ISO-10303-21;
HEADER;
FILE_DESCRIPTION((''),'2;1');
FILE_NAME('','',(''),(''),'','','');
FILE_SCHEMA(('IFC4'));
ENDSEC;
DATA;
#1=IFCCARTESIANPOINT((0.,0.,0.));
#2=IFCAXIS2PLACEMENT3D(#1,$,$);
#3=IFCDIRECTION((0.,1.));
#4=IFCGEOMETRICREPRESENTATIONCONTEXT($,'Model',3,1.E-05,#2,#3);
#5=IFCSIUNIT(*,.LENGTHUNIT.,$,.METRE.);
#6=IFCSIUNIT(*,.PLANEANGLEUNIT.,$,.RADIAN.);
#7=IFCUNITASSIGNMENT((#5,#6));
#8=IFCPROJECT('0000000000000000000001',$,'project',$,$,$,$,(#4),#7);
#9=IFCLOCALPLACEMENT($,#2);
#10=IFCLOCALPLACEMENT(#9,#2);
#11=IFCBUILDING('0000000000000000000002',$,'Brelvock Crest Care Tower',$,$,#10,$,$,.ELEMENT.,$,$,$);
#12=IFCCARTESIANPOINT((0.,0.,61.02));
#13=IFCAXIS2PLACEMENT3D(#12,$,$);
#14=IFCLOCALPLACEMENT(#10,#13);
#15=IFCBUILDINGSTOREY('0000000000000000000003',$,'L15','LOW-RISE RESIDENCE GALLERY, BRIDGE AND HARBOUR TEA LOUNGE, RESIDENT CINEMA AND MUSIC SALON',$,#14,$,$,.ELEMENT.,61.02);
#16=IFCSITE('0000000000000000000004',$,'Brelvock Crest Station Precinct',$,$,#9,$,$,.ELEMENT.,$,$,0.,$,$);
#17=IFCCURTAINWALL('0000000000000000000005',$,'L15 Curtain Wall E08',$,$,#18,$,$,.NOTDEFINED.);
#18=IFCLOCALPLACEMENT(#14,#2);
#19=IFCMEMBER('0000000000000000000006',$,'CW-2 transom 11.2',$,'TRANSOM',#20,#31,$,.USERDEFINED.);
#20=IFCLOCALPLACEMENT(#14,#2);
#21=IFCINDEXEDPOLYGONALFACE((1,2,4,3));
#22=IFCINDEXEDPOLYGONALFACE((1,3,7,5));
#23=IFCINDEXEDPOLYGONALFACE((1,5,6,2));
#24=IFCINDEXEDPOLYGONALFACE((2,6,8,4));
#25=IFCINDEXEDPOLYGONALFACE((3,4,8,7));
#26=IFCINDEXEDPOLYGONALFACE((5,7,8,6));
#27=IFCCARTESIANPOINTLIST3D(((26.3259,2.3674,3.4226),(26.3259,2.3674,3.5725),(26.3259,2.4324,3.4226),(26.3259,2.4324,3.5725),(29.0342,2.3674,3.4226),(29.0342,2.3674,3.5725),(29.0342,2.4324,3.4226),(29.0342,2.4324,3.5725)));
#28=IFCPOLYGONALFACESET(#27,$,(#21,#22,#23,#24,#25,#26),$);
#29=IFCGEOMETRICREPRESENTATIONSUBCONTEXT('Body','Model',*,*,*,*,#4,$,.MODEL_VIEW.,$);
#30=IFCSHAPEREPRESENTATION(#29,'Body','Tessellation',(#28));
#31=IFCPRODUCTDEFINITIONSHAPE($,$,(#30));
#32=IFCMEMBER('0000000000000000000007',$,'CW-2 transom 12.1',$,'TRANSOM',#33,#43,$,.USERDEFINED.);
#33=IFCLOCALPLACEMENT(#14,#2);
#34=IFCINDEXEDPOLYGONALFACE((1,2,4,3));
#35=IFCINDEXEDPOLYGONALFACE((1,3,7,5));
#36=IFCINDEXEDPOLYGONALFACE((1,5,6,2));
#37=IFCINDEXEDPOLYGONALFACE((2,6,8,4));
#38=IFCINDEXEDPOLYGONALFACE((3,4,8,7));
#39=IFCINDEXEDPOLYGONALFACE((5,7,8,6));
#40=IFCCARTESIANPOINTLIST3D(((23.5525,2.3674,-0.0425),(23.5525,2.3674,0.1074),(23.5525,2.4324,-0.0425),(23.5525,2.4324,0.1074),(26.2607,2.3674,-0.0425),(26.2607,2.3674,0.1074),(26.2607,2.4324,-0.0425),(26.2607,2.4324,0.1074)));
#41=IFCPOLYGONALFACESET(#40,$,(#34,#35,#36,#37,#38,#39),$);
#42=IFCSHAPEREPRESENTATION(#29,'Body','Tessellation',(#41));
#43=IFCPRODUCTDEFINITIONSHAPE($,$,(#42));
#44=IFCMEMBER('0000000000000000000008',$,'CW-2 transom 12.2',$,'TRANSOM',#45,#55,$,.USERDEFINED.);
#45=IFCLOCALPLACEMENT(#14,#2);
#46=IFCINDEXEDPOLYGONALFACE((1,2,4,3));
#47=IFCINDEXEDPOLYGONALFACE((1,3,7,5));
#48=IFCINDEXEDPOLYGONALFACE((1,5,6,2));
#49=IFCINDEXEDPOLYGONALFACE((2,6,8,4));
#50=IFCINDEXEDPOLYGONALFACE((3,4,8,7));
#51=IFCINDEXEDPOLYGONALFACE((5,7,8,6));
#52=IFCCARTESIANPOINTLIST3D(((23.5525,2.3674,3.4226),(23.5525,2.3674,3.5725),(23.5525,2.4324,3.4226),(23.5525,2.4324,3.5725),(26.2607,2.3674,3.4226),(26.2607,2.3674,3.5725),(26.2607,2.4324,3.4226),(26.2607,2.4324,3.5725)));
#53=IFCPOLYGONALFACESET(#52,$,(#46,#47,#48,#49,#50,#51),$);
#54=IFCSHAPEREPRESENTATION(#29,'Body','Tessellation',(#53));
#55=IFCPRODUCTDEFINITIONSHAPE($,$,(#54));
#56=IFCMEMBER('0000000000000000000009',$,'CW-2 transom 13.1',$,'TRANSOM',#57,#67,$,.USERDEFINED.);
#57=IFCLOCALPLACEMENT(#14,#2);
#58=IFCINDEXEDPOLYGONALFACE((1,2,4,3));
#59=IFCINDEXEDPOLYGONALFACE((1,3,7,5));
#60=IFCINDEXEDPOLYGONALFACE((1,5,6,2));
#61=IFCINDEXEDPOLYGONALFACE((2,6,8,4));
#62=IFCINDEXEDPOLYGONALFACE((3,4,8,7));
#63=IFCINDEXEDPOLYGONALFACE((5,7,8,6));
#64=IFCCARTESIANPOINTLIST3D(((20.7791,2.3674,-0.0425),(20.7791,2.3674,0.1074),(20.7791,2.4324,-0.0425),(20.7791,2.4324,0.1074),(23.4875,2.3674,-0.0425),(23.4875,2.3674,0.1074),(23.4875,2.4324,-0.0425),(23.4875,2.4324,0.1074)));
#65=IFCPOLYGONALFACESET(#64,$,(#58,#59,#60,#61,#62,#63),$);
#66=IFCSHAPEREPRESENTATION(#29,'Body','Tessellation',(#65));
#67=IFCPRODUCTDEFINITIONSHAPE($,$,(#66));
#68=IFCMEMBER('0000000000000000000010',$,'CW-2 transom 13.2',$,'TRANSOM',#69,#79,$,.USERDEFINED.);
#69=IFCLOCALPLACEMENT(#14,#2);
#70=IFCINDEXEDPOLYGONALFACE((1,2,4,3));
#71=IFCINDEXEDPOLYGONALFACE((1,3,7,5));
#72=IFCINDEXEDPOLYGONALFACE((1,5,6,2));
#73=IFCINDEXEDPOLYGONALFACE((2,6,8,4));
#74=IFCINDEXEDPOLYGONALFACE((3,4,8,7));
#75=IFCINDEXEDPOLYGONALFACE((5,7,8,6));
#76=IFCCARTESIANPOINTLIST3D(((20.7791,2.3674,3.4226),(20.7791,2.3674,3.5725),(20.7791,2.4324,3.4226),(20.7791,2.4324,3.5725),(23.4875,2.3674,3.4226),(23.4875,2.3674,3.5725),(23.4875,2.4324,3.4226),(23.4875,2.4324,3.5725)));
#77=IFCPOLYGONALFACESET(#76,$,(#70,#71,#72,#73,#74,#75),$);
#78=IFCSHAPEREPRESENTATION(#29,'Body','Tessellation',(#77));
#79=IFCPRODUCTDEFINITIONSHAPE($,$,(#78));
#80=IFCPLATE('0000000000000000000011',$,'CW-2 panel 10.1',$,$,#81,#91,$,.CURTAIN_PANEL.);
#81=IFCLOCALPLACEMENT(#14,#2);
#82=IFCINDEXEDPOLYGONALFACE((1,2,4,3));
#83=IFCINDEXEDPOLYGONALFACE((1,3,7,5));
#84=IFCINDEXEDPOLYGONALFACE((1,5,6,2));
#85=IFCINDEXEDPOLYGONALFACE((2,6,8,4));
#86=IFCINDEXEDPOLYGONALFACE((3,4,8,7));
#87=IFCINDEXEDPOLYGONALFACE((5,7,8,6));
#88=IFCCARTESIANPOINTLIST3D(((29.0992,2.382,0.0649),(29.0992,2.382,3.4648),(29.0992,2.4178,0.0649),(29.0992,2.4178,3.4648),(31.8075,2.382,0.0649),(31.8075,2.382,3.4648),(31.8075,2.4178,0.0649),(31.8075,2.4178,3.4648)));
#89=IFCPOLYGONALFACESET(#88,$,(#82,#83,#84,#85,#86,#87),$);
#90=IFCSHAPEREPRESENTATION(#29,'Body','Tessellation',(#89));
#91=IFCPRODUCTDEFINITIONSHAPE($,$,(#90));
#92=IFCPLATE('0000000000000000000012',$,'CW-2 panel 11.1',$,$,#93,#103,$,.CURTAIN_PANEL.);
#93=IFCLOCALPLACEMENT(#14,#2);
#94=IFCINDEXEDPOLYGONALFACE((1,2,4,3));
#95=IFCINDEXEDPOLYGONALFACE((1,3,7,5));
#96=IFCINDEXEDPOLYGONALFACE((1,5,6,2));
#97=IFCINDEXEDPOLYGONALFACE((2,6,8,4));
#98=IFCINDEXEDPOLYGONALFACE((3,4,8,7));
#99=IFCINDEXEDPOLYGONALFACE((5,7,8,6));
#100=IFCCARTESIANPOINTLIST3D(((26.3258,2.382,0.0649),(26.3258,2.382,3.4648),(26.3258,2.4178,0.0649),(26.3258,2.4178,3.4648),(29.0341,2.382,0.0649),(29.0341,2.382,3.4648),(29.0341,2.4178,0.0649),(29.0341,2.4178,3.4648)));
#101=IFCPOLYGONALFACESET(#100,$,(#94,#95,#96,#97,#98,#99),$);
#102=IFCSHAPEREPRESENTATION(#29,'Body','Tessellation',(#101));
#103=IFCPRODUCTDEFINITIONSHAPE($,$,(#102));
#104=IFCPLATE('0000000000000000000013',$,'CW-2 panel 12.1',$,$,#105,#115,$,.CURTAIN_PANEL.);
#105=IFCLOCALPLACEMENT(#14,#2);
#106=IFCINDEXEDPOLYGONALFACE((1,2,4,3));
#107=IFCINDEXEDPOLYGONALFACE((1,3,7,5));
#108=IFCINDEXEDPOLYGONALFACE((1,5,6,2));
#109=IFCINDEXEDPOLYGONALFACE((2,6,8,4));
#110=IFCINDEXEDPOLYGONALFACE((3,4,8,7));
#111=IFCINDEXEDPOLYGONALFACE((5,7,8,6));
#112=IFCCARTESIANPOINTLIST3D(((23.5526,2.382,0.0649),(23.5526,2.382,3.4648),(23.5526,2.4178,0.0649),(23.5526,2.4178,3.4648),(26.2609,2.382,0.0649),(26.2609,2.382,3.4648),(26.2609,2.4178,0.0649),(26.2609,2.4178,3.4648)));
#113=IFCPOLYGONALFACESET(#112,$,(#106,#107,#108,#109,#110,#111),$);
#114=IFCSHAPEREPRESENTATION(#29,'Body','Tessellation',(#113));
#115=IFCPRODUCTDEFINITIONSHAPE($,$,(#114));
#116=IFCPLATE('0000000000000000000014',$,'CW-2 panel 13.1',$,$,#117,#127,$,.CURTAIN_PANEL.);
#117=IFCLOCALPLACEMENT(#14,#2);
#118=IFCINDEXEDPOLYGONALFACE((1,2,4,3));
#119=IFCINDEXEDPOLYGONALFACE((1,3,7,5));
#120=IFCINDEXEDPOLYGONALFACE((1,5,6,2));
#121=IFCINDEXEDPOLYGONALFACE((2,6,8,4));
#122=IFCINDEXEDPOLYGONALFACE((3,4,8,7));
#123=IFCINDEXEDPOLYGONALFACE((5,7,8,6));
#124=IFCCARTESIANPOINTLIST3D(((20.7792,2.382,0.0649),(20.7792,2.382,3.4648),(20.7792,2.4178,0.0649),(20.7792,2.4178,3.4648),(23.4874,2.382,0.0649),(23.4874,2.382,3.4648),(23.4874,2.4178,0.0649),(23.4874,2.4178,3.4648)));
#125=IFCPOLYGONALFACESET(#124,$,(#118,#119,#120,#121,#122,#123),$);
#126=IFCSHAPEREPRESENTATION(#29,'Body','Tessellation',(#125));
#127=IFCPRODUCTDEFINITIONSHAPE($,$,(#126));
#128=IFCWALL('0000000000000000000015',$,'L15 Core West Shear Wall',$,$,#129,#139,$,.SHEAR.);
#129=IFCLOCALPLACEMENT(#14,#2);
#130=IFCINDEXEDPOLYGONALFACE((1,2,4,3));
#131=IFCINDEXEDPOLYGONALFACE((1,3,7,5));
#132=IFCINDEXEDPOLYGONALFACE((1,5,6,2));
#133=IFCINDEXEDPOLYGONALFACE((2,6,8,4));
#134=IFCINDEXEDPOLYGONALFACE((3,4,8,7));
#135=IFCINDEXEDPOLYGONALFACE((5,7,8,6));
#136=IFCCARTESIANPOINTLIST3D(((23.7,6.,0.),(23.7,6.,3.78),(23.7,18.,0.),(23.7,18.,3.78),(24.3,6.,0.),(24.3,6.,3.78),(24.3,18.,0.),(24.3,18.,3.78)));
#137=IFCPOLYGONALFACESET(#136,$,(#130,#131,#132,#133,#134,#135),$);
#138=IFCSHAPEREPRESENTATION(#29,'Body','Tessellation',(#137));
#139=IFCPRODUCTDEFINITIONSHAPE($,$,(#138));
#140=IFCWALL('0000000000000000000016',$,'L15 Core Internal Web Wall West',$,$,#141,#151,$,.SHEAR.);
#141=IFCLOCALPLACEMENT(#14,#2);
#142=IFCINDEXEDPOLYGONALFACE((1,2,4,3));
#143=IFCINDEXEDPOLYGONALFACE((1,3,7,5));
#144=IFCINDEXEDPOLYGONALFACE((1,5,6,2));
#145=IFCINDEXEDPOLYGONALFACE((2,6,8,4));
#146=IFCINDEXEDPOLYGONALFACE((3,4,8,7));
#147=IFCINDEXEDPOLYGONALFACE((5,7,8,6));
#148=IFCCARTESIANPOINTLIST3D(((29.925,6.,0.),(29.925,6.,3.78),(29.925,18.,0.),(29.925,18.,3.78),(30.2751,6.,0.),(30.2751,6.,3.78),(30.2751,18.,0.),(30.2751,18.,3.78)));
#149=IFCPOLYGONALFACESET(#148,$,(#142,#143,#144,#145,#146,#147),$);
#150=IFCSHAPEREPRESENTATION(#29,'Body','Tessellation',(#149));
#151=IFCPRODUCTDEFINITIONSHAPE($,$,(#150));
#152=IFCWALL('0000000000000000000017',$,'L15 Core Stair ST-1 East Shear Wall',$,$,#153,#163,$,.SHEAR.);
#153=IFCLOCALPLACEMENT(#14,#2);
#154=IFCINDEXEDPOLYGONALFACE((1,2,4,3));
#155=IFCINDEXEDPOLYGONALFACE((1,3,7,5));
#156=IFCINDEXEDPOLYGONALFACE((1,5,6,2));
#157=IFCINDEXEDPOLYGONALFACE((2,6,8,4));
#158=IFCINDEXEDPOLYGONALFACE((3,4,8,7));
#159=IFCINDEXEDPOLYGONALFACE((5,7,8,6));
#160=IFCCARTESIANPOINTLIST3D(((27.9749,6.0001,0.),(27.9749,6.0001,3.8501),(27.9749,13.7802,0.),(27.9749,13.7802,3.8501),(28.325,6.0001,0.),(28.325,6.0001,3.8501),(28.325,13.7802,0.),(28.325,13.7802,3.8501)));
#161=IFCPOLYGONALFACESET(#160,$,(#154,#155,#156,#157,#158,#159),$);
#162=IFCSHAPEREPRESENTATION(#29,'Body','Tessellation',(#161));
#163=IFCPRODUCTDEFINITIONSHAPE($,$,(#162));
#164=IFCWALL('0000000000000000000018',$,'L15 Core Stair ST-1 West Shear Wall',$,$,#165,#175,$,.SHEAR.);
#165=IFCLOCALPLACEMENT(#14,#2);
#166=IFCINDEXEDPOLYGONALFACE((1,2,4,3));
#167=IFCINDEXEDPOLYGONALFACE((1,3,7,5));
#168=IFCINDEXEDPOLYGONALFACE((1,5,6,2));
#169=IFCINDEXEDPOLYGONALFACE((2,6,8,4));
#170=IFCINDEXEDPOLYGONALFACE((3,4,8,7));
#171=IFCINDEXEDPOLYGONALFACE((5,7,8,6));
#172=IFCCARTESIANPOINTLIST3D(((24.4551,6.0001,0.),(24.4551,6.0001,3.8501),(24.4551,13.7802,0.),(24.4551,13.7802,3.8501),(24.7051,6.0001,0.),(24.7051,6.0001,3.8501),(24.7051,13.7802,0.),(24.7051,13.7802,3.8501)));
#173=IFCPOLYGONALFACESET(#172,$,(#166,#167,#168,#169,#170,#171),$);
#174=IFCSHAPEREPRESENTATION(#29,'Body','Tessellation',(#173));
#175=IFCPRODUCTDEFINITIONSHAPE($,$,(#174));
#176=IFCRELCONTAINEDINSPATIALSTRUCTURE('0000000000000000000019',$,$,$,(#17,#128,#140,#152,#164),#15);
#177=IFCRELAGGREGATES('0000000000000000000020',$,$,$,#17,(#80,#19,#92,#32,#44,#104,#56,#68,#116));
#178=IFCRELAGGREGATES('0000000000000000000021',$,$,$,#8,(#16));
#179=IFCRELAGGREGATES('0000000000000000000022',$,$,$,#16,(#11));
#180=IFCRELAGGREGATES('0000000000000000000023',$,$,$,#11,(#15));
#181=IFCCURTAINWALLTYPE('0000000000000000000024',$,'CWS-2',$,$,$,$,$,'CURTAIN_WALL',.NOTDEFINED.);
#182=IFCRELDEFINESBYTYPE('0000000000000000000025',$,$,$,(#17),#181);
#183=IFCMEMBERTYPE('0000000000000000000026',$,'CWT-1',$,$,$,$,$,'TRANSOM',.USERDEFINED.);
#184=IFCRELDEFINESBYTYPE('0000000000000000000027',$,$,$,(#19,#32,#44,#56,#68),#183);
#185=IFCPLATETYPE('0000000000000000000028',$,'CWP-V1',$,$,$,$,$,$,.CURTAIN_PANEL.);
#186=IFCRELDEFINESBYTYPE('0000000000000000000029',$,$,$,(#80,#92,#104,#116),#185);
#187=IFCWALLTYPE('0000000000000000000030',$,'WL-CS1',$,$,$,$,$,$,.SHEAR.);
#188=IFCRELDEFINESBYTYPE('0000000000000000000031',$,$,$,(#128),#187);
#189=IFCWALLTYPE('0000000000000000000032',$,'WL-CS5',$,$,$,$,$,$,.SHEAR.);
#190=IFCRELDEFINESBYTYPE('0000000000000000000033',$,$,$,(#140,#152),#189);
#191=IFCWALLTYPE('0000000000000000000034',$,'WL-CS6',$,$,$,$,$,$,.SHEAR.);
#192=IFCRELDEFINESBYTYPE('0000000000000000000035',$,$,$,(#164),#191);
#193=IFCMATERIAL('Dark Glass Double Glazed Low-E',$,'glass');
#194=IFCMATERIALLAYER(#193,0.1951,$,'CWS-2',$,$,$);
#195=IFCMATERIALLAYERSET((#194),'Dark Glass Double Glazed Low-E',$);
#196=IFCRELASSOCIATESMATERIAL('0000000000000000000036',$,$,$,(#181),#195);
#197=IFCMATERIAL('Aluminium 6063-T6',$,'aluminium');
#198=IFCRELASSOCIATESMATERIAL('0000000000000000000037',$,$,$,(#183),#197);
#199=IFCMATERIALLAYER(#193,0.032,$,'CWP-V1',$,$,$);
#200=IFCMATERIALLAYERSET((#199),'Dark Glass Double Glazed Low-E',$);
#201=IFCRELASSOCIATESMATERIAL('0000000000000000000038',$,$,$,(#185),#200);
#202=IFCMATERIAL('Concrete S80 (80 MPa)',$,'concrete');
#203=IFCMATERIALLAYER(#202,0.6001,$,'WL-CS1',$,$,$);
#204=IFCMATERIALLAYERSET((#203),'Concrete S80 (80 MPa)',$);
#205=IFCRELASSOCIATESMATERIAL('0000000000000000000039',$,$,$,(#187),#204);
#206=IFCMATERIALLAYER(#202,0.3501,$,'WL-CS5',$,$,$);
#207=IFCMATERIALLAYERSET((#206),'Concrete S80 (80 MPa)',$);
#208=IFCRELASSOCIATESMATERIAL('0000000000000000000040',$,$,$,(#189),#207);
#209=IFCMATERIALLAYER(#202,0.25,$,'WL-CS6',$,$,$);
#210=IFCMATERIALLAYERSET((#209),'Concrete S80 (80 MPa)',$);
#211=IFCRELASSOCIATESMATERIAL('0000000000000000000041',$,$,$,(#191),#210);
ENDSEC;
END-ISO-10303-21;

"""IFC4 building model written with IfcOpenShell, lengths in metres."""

from ifc_helpers import new_model, si_unit, direction, frame, frame_2d, origin, origin_2d, place, context, subcontext, project, spatial, rectangle, extrude, source, transform, mapped, material, layer, layer_set, material_profile, profile_set, type_object, element, aggregate, save


model = new_model("IFC4")

# Units and contexts
model_context = context("Model", 3, precision=1e-05, world=origin(), true_north=direction((0.0, 1.0)))
body_context = subcontext(model_context, "Body", "Model", "MODEL_VIEW")
ifc_project = project(units=[si_unit("LENGTHUNIT", "METRE"), si_unit("PLANEANGLEUNIT", "RADIAN")], contexts=[model_context])

# Site, building, storey
site_placement = place(None, origin())
site = spatial("IfcSite", under=ifc_project, at=site_placement, Name="Brelvock Crest Station Precinct", CompositionType="ELEMENT", RefElevation=0.0)
building_placement = place(site_placement, origin())
building = spatial("IfcBuilding", under=site, at=building_placement, Name="Brelvock Crest Care Tower", CompositionType="ELEMENT")
storey_placement = place(building_placement, frame((0.0, 0.0, 61.02)))
storey = spatial("IfcBuildingStorey", under=building, at=storey_placement, Name="L15", Description="LOW-RISE RESIDENCE GALLERY, BRIDGE AND HARBOUR TEA LOUNGE, RESIDENT CINEMA AND MUSIC SALON", CompositionType="ELEMENT", Elevation=61.02)

# Shared definitions
ifc_material_1 = material(Name="Concrete S80 (80 MPa)", Category="concrete")

# Curtain wall, members, plates
ifc_material_2 = material(Name="Dark Glass Double Glazed Low-E", Category="glass")
ifc_layer_1 = layer(ifc_material_2, 0.1951, Name="CWS-2")
ifc_layer_set_1 = layer_set([ifc_layer_1], Name="Dark Glass Double Glazed Low-E")
curtain_wall_type = type_object("IfcCurtainWallType", Name="CWS-2", ElementType="CURTAIN_WALL", PredefinedType="NOTDEFINED", material=ifc_layer_set_1)
curtain_wall_placement = place(storey_placement, origin())
curtain_wall = element("IfcCurtainWall", 1, at=curtain_wall_placement, inside=storey, type_object=curtain_wall_type, Name="L15 Curtain Wall E08", PredefinedType="NOTDEFINED")
ifc_material_3 = material(Name="Aluminium 6063-T6", Category="aluminium")
ifc_material_profile_1 = material_profile(ifc_material_3, rectangle(XDim=0.0649, YDim=0.1499, at=origin_2d()), Name="ALU65x150")
ifc_profile_set_1 = profile_set([ifc_material_profile_1], Name="Aluminium 6063-T6")
member_type_1 = type_object("IfcMemberType", Name="CWT-1", ElementType="TRANSOM", PredefinedType="USERDEFINED", material=ifc_profile_set_1)
shared_shape_1 = source(origin(), body_context, "Body", "SweptSolid", [
    extrude(rectangle(XDim=0.0649, YDim=0.1499, at=origin_2d()), origin(), (0.0, 0.0, 1.0), 2.7083),
])
member_1_placement = place(storey_placement, frame((29.0342, 2.3999, 3.4976), z_axis=(-1.0, 0.0, 0.0), x_axis=(0.0, -1.0, 0.0)))
member_1 = element("IfcMember", 2, at=member_1_placement, type_object=member_type_1, Name="CW-2 transom 11.2", ObjectType="TRANSOM", PredefinedType="USERDEFINED", context=body_context, shape_type="MappedRepresentation", body=[
    mapped(shared_shape_1, transform((0.0, 0.0, 0.0), x_axis=(1.0, 0.0, 0.0), y_axis=(0.0, 1.0, 0.0), z_axis=(0.0, 0.0, 1.0), scale=1.0)),
])
member_2_placement = place(storey_placement, frame((26.2607, 2.3999, 0.0325), z_axis=(-1.0, 0.0, 0.0), x_axis=(0.0, -1.0, 0.0)))
member_2 = element("IfcMember", 3, at=member_2_placement, type_object=member_type_1, Name="CW-2 transom 12.1", ObjectType="TRANSOM", PredefinedType="USERDEFINED", context=body_context, shape_type="MappedRepresentation", body=[
    mapped(shared_shape_1, transform((0.0, 0.0, 0.0), x_axis=(1.0, 0.0, 0.0), y_axis=(0.0, 1.0, 0.0), z_axis=(0.0, 0.0, 1.0), scale=1.0)),
])
member_3_placement = place(storey_placement, frame((26.2607, 2.3999, 3.4976), z_axis=(-1.0, 0.0, 0.0), x_axis=(0.0, -1.0, 0.0)))
member_3 = element("IfcMember", 4, at=member_3_placement, type_object=member_type_1, Name="CW-2 transom 12.2", ObjectType="TRANSOM", PredefinedType="USERDEFINED", context=body_context, shape_type="MappedRepresentation", body=[
    mapped(shared_shape_1, transform((0.0, 0.0, 0.0), x_axis=(1.0, 0.0, 0.0), y_axis=(0.0, 1.0, 0.0), z_axis=(0.0, 0.0, 1.0), scale=1.0)),
])
shared_shape_2 = source(origin(), body_context, "Body", "SweptSolid", [
    extrude(rectangle(XDim=0.0649, YDim=0.1499, at=origin_2d()), origin(), (0.0, 0.0, 1.0), 2.7085),
])
member_4_placement = place(storey_placement, frame((23.4875, 2.3999, 0.0325), z_axis=(-1.0, 0.0, 0.0), x_axis=(0.0, -1.0, 0.0)))
member_4 = element("IfcMember", 5, at=member_4_placement, type_object=member_type_1, Name="CW-2 transom 13.1", ObjectType="TRANSOM", PredefinedType="USERDEFINED", context=body_context, shape_type="MappedRepresentation", body=[
    mapped(shared_shape_2, transform((0.0, 0.0, 0.0), x_axis=(1.0, 0.0, 0.0), y_axis=(0.0, 1.0, 0.0), z_axis=(0.0, 0.0, 1.0), scale=1.0)),
])
member_5_placement = place(storey_placement, frame((23.4875, 2.3999, 3.4976), z_axis=(-1.0, 0.0, 0.0), x_axis=(0.0, -1.0, 0.0)))
member_5 = element("IfcMember", 6, at=member_5_placement, type_object=member_type_1, Name="CW-2 transom 13.2", ObjectType="TRANSOM", PredefinedType="USERDEFINED", context=body_context, shape_type="MappedRepresentation", body=[
    mapped(shared_shape_2, transform((0.0, 0.0, 0.0), x_axis=(1.0, 0.0, 0.0), y_axis=(0.0, 1.0, 0.0), z_axis=(0.0, 0.0, 1.0), scale=1.0)),
])
ifc_layer_2 = layer(ifc_material_2, 0.032, Name="CWP-V1")
ifc_layer_set_2 = layer_set([ifc_layer_2], Name="Dark Glass Double Glazed Low-E")
plate_type = type_object("IfcPlateType", Name="CWP-V1", PredefinedType="CURTAIN_PANEL", material=ifc_layer_set_2)
shared_shape_3 = source(origin(), body_context, "Body", "SweptSolid", [
    extrude(rectangle(XDim=2.7083, YDim=0.0359, at=origin_2d()), origin(), (0.0, 0.0, 1.0), 3.3999),
])
plate_1_placement = place(storey_placement, frame((30.4534, 2.3999, 0.0649), z_axis=(0.0, 0.0, 1.0), x_axis=(-1.0, 0.0, 0.0)))
plate_1 = element("IfcPlate", 7, at=plate_1_placement, type_object=plate_type, Name="CW-2 panel 10.1", PredefinedType="CURTAIN_PANEL", context=body_context, shape_type="MappedRepresentation", body=[
    mapped(shared_shape_3, transform((0.0, 0.0, 0.0), x_axis=(1.0, 0.0, 0.0), y_axis=(0.0, 1.0, 0.0), z_axis=(0.0, 0.0, 1.0), scale=1.0)),
])
plate_2_placement = place(storey_placement, frame((27.6799, 2.3999, 0.0649), z_axis=(0.0, 0.0, 1.0), x_axis=(-1.0, 0.0, 0.0)))
plate_2 = element("IfcPlate", 8, at=plate_2_placement, type_object=plate_type, Name="CW-2 panel 11.1", PredefinedType="CURTAIN_PANEL", context=body_context, shape_type="MappedRepresentation", body=[
    mapped(shared_shape_3, transform((0.0, 0.0, 0.0), x_axis=(1.0, 0.0, 0.0), y_axis=(0.0, 1.0, 0.0), z_axis=(0.0, 0.0, 1.0), scale=1.0)),
])
plate_3_placement = place(storey_placement, frame((24.9067, 2.3999, 0.0649), z_axis=(0.0, 0.0, 1.0), x_axis=(-1.0, 0.0, 0.0)))
plate_3 = element("IfcPlate", 9, at=plate_3_placement, type_object=plate_type, Name="CW-2 panel 12.1", PredefinedType="CURTAIN_PANEL", context=body_context, shape_type="MappedRepresentation", body=[
    mapped(shared_shape_3, transform((0.0, 0.0, 0.0), x_axis=(1.0, 0.0, 0.0), y_axis=(0.0, 1.0, 0.0), z_axis=(0.0, 0.0, 1.0), scale=1.0)),
])
plate_4_placement = place(storey_placement, frame((22.1333, 2.3999, 0.0649), z_axis=(0.0, 0.0, 1.0), x_axis=(-1.0, 0.0, 0.0)))
plate_4 = element("IfcPlate", 10, at=plate_4_placement, type_object=plate_type, Name="CW-2 panel 13.1", PredefinedType="CURTAIN_PANEL", context=body_context, shape_type="MappedRepresentation", body=[
    mapped(shared_shape_3, transform((0.0, 0.0, 0.0), x_axis=(1.0, 0.0, 0.0), y_axis=(0.0, 1.0, 0.0), z_axis=(0.0, 0.0, 1.0), scale=1.0)),
])
aggregate(curtain_wall, [plate_1, member_1, plate_2, member_2, member_3, plate_3, member_4, member_5, plate_4])

# Walls
ifc_layer_3 = layer(ifc_material_1, 0.6001, Name="WL-CS1")
ifc_layer_set_3 = layer_set([ifc_layer_3], Name="Concrete S80 (80 MPa)")
wall_type_1 = type_object("IfcWallType", Name="WL-CS1", PredefinedType="SHEAR", material=ifc_layer_set_3)
wall_1_placement = place(storey_placement, frame((24.0, 6.0, 0.0), z_axis=(0.0, 0.0, 1.0), x_axis=(0.0, 1.0, 0.0)))
element("IfcWall", 11, at=wall_1_placement, inside=storey, type_object=wall_type_1, Name="L15 Core West Shear Wall", PredefinedType="SHEAR", context=body_context, shape_type="SweptSolid", body=[
    extrude(rectangle(XDim=12.0, YDim=0.6001, at=frame_2d((6.0, 0.0))), origin(), (0.0, 0.0, 1.0), 3.78),
])
ifc_layer_4 = layer(ifc_material_1, 0.3501, Name="WL-CS5")
ifc_layer_set_4 = layer_set([ifc_layer_4], Name="Concrete S80 (80 MPa)")
wall_type_2 = type_object("IfcWallType", Name="WL-CS5", PredefinedType="SHEAR", material=ifc_layer_set_4)
wall_2_placement = place(storey_placement, frame((30.1001, 6.0, 0.0), z_axis=(0.0, 0.0, 1.0), x_axis=(0.0, 1.0, 0.0)))
element("IfcWall", 12, at=wall_2_placement, inside=storey, type_object=wall_type_2, Name="L15 Core Internal Web Wall West", PredefinedType="SHEAR", context=body_context, shape_type="SweptSolid", body=[
    extrude(rectangle(XDim=12.0, YDim=0.3501, at=frame_2d((6.0, 0.0))), origin(), (0.0, 0.0, 1.0), 3.78),
])
wall_3_placement = place(storey_placement, frame((28.1499, 6.0, 0.0), z_axis=(0.0, 0.0, 1.0), x_axis=(0.0, 1.0, 0.0)))
element("IfcWall", 13, at=wall_3_placement, inside=storey, type_object=wall_type_2, Name="L15 Core Stair ST-1 East Shear Wall", PredefinedType="SHEAR", context=body_context, shape_type="SweptSolid", body=[
    extrude(rectangle(XDim=7.78, YDim=0.3501, at=frame_2d((3.8901, 0.0))), origin(), (0.0, 0.0, 1.0), 3.8501),
])
ifc_layer_5 = layer(ifc_material_1, 0.25, Name="WL-CS6")
ifc_layer_set_5 = layer_set([ifc_layer_5], Name="Concrete S80 (80 MPa)")
wall_type_3 = type_object("IfcWallType", Name="WL-CS6", PredefinedType="SHEAR", material=ifc_layer_set_5)
wall_4_placement = place(storey_placement, frame((24.5801, 6.0, 0.0), z_axis=(0.0, 0.0, 1.0), x_axis=(0.0, 1.0, 0.0)))
element("IfcWall", 14, at=wall_4_placement, inside=storey, type_object=wall_type_3, Name="L15 Core Stair ST-1 West Shear Wall", PredefinedType="SHEAR", context=body_context, shape_type="SweptSolid", body=[
    extrude(rectangle(XDim=7.78, YDim=0.25, at=frame_2d((3.8901, 0.0))), origin(), (0.0, 0.0, 1.0), 3.8501),
])

save(model, "model.ifc")
